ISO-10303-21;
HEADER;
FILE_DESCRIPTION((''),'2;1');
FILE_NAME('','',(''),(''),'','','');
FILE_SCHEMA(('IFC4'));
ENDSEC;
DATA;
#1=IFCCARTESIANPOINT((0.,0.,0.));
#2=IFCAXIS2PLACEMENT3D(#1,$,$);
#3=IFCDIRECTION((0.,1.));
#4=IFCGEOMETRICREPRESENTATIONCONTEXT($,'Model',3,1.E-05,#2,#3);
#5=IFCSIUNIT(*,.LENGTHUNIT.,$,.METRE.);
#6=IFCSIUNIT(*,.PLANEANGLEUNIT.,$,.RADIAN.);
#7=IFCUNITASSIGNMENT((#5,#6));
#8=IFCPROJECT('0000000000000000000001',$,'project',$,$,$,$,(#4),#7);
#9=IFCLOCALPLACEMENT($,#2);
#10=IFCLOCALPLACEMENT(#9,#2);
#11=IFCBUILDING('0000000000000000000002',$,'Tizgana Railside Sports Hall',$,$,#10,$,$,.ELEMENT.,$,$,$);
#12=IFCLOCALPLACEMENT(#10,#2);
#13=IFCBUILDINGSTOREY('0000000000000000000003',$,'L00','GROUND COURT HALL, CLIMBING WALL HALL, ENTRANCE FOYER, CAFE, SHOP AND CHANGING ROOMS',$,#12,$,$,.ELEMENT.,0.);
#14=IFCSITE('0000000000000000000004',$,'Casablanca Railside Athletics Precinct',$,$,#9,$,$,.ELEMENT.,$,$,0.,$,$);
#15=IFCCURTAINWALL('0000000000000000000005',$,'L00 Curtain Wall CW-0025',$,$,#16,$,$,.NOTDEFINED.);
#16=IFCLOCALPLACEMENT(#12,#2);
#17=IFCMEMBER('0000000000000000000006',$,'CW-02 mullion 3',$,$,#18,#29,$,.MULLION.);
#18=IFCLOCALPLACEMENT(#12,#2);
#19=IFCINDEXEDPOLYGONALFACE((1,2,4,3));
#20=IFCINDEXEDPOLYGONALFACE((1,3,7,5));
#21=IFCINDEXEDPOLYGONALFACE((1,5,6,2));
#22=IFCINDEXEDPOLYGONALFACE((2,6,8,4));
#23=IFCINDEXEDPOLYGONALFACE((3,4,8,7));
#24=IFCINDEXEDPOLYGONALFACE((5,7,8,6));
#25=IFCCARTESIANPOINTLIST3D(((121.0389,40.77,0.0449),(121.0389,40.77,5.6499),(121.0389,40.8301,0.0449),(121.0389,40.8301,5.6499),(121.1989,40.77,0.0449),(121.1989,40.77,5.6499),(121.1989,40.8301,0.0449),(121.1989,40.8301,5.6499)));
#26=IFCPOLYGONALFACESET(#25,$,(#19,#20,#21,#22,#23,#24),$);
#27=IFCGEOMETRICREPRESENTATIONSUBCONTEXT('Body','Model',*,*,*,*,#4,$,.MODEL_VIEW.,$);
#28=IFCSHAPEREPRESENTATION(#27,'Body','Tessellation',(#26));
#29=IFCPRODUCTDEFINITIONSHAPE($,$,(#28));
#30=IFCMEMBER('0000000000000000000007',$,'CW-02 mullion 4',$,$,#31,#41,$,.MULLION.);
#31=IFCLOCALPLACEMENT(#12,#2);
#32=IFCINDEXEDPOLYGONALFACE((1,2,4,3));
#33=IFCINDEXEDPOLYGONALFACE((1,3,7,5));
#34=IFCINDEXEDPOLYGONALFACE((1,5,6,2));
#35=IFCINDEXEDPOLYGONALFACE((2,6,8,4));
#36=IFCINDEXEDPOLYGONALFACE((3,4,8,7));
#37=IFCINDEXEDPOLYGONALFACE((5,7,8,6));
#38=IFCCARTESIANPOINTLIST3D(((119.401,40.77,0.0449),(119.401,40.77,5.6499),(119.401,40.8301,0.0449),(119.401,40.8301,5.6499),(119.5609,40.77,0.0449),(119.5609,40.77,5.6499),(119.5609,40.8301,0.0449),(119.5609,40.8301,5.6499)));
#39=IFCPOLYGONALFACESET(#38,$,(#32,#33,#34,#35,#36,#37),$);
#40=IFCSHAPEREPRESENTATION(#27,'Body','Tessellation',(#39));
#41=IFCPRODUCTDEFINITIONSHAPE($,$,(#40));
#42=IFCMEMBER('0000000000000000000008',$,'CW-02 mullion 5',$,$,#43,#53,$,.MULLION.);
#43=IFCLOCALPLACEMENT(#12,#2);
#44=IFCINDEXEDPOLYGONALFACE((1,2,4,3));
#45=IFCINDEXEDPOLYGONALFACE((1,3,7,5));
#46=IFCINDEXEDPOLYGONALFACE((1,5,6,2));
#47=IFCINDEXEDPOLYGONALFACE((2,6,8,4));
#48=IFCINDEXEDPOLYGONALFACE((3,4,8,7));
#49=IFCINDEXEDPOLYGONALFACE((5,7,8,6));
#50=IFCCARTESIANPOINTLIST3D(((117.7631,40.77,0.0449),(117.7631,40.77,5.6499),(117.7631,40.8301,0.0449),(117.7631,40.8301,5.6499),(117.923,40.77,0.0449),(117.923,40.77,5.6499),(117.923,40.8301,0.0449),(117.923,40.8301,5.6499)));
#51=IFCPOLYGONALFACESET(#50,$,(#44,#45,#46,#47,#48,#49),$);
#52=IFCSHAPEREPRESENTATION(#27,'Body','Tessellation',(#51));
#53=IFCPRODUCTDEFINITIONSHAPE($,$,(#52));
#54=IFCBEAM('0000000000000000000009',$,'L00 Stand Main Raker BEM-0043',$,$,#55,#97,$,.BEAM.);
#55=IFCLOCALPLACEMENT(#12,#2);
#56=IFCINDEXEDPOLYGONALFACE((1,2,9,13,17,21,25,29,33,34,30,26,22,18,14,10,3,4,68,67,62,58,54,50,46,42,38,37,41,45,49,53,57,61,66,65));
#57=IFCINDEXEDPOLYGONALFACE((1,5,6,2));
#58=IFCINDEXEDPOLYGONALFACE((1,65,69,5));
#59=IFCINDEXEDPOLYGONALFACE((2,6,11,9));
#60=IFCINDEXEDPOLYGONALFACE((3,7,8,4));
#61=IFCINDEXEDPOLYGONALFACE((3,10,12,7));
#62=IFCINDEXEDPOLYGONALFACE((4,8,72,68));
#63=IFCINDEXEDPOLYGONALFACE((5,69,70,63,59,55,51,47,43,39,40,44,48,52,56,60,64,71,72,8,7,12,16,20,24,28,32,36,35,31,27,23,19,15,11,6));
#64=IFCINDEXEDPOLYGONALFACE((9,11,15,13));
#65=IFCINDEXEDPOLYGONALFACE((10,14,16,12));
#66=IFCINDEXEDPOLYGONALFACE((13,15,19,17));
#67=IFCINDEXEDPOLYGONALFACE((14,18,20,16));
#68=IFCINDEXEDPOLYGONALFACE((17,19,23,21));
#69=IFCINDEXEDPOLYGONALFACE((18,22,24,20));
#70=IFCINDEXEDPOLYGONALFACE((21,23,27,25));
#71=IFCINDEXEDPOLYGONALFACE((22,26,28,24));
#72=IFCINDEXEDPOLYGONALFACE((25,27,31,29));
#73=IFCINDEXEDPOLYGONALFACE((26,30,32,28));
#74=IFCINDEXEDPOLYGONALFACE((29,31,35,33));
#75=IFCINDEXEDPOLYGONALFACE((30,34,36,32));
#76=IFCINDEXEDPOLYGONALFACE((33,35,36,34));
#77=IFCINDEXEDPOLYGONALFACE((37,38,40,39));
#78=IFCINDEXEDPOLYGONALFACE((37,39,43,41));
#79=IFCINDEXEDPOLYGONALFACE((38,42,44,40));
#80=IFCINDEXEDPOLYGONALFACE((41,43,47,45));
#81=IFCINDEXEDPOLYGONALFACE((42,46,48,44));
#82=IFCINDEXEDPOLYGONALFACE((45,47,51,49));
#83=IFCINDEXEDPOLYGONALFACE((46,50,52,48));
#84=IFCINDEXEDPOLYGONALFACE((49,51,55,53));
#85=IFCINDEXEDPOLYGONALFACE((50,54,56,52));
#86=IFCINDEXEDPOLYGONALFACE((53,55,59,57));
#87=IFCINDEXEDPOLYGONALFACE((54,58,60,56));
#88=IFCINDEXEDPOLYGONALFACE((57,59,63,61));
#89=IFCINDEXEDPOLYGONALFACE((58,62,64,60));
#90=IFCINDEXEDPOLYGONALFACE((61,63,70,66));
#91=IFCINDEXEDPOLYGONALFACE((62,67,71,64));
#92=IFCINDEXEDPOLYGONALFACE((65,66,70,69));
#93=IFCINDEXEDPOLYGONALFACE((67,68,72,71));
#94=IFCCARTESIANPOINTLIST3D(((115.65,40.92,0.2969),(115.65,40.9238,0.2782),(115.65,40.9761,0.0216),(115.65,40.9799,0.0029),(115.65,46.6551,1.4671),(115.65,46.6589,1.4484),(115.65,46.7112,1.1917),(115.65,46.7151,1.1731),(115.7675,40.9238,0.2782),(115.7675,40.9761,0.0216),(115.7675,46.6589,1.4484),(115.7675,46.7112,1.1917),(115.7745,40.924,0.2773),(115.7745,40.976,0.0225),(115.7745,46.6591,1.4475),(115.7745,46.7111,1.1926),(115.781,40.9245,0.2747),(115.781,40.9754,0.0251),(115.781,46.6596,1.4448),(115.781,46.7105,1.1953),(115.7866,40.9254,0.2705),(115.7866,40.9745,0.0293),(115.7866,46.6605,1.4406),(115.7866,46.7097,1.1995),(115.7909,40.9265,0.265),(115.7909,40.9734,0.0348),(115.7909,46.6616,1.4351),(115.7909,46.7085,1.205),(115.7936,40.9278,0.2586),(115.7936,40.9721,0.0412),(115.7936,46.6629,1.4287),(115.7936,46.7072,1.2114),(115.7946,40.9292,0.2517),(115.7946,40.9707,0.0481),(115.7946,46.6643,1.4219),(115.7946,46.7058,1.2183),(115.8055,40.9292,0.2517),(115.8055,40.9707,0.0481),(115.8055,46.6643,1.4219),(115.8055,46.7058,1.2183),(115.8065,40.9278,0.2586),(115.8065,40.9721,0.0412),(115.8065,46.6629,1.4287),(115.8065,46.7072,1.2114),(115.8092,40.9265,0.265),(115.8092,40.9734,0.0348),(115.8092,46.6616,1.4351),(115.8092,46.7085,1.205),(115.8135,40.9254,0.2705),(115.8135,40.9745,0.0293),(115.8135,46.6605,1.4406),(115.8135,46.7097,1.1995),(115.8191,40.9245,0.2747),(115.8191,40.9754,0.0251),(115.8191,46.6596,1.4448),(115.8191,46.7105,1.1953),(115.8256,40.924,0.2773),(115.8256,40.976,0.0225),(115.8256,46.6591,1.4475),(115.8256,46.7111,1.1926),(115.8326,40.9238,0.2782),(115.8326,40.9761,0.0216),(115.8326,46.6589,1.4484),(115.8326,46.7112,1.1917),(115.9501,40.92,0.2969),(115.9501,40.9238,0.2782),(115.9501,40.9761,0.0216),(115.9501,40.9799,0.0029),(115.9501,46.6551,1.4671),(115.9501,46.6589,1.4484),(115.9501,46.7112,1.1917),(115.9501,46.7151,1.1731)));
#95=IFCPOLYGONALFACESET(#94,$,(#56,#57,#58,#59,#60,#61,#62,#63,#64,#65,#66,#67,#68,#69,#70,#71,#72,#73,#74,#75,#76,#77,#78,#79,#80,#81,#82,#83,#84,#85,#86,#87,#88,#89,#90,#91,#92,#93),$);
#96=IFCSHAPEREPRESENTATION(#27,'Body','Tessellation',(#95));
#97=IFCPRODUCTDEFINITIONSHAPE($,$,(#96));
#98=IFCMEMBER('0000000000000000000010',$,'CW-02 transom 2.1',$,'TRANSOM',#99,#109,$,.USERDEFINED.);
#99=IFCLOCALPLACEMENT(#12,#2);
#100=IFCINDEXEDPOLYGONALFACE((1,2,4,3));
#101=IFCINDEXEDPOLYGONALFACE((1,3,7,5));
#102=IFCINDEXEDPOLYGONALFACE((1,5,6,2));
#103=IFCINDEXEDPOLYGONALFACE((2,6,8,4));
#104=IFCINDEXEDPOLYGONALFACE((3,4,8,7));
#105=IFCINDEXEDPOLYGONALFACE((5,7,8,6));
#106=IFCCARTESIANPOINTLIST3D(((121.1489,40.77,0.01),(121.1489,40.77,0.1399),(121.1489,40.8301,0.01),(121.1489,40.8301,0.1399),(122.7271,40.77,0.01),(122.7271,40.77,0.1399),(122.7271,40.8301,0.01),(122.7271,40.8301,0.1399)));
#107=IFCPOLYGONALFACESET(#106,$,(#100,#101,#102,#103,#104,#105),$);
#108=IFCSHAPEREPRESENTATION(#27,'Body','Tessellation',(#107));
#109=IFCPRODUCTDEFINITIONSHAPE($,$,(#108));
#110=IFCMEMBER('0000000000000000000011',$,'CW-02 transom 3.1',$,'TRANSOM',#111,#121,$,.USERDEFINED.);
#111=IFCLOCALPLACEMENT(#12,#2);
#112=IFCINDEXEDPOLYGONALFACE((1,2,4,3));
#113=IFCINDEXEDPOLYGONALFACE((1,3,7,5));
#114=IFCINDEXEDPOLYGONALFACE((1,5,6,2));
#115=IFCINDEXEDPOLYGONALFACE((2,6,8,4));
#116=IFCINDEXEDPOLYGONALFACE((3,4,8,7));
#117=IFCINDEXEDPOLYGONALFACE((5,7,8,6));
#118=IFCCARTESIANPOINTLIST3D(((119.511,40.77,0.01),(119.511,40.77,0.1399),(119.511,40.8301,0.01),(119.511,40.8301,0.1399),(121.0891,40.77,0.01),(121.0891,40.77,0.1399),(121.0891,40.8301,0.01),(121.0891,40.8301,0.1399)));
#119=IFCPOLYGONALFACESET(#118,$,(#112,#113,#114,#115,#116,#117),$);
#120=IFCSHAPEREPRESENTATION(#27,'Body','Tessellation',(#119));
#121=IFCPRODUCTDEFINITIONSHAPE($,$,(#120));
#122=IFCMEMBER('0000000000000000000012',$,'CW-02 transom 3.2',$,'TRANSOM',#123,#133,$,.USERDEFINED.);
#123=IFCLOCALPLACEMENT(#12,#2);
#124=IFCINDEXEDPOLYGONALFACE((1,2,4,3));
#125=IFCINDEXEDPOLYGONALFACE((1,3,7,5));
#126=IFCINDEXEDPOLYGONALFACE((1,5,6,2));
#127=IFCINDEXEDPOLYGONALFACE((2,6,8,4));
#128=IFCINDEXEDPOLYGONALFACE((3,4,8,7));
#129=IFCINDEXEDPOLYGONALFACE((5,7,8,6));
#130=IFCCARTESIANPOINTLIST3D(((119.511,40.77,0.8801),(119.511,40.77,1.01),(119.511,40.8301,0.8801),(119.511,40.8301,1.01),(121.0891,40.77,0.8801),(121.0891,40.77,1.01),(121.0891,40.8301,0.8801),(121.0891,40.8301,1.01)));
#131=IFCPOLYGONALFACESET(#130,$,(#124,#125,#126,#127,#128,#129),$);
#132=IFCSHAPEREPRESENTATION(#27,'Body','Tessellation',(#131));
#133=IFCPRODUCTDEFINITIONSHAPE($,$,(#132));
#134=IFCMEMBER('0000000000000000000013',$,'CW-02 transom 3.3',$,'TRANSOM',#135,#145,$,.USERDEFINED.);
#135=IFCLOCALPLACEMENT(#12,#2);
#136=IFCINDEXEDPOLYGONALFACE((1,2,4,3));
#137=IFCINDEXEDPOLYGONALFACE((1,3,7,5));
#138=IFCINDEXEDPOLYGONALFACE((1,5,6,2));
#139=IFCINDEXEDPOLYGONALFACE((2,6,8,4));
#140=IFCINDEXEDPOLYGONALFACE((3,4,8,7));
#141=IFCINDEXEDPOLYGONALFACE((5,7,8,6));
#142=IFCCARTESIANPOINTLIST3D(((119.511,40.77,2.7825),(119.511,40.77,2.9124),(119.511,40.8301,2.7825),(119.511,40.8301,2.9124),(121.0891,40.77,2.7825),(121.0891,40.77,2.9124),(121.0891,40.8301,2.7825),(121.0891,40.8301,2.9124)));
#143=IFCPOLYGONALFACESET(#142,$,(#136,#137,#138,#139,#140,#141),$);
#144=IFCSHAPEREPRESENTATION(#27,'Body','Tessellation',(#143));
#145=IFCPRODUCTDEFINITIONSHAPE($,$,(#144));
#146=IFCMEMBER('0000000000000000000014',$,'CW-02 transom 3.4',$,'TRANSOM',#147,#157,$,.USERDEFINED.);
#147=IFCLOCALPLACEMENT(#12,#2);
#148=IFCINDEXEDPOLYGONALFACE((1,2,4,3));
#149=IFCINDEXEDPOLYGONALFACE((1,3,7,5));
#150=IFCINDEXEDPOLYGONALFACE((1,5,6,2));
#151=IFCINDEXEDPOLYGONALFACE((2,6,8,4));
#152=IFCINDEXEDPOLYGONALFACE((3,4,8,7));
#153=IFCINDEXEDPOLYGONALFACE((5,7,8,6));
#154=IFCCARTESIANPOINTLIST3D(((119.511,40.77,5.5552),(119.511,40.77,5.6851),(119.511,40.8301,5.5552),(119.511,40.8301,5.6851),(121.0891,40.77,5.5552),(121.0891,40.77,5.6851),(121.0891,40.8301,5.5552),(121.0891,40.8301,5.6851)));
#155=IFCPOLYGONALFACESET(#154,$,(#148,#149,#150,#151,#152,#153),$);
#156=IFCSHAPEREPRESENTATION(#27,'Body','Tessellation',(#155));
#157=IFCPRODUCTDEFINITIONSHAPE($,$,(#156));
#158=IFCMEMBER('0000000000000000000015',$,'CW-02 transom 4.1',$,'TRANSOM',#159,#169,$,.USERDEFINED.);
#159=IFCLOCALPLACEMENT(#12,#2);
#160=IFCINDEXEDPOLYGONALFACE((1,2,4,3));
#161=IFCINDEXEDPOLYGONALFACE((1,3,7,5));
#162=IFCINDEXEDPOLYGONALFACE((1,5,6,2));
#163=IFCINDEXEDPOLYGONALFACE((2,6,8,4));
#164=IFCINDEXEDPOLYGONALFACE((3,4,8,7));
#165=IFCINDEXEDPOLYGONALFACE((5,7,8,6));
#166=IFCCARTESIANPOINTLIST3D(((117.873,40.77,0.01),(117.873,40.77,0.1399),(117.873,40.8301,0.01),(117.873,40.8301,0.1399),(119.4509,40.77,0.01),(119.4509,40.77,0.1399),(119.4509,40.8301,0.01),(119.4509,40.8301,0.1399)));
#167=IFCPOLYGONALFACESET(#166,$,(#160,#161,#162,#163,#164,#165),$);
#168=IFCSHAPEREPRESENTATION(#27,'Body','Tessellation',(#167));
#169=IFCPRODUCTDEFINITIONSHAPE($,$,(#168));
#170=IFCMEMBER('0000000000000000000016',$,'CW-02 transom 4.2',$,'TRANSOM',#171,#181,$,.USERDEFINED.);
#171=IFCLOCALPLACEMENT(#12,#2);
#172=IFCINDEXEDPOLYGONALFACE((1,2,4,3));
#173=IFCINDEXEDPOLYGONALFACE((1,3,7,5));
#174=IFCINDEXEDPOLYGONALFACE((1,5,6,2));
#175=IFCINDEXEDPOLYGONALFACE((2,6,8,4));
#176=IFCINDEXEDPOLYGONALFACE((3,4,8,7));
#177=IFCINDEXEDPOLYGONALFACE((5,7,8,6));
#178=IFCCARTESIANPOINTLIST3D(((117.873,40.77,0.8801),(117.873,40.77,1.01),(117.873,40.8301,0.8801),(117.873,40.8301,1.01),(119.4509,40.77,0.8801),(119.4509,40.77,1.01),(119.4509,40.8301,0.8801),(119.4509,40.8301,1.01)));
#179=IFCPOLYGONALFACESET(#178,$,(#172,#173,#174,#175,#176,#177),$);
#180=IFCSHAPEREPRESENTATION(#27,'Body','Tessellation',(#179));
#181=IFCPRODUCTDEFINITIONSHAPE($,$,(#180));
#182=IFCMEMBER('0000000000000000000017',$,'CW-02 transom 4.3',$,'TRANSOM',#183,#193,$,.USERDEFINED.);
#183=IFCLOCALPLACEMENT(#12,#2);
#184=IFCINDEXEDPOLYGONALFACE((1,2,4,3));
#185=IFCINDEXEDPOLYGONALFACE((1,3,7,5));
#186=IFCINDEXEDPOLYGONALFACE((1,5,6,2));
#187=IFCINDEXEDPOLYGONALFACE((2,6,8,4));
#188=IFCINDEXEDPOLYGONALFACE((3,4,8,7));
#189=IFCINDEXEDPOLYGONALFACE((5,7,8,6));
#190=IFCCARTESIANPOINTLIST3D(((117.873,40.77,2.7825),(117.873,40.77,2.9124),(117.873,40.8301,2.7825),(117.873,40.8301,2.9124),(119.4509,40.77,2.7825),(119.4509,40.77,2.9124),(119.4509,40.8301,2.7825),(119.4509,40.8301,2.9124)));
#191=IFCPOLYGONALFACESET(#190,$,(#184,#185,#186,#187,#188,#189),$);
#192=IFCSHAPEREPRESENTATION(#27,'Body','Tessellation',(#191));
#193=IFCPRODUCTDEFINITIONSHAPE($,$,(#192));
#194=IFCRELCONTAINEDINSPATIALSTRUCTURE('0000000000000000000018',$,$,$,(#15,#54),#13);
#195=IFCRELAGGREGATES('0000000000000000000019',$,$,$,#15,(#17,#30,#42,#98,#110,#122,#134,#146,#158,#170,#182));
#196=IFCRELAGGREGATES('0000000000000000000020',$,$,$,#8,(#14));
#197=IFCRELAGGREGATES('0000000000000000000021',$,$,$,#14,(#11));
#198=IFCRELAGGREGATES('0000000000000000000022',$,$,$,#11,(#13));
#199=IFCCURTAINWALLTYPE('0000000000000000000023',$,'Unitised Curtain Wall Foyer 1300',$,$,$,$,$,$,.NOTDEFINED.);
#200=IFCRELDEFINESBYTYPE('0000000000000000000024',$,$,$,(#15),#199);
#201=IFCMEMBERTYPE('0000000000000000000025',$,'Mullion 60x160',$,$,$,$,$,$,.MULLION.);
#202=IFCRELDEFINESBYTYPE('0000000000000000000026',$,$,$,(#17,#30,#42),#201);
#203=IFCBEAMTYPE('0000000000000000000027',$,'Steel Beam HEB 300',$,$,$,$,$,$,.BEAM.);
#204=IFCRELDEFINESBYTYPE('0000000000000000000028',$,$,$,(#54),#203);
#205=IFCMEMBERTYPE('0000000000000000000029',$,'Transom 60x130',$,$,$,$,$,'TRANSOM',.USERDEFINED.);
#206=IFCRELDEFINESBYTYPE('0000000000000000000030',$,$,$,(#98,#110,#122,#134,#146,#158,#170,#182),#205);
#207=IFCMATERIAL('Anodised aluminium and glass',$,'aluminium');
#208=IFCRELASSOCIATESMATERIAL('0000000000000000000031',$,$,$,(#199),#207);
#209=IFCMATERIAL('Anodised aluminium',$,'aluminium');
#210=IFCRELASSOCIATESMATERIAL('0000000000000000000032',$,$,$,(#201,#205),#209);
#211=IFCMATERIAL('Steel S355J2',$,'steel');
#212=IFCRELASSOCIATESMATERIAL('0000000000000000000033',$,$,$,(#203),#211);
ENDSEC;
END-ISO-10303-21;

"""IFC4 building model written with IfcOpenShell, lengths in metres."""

from ifc_helpers import new_model, si_unit, direction, frame, origin, origin_2d, place, context, subcontext, project, spatial, rectangle, i_section, extrude, material, material_profile, profile_set, type_object, element, aggregate, save


model = new_model("IFC4")

# Units and contexts
model_context = context("Model", 3, precision=1e-05, world=origin(), true_north=direction((0.0, 1.0)))
body_context = subcontext(model_context, "Body", "Model", "MODEL_VIEW")
ifc_project = project(units=[si_unit("LENGTHUNIT", "METRE"), si_unit("PLANEANGLEUNIT", "RADIAN")], contexts=[model_context])

# Site, building, storey
site_placement = place(None, origin())
site = spatial("IfcSite", under=ifc_project, at=site_placement, Name="Casablanca Railside Athletics Precinct", CompositionType="ELEMENT", RefElevation=0.0)
building_placement = place(site_placement, origin())
building = spatial("IfcBuilding", under=site, at=building_placement, Name="Tizgana Railside Sports Hall", CompositionType="ELEMENT")
storey_placement = place(building_placement, origin())
storey = spatial("IfcBuildingStorey", under=building, at=storey_placement, Name="L00", Description="GROUND COURT HALL, CLIMBING WALL HALL, ENTRANCE FOYER, CAFE, SHOP AND CHANGING ROOMS", CompositionType="ELEMENT", Elevation=0.0)

# Curtain wall, members
ifc_material_1 = material(Name="Anodised aluminium and glass", Category="aluminium")
curtain_wall_type = type_object("IfcCurtainWallType", Name="Unitised Curtain Wall Foyer 1300", PredefinedType="NOTDEFINED", material=ifc_material_1)
curtain_wall_placement = place(storey_placement, origin())
curtain_wall = element("IfcCurtainWall", 1, at=curtain_wall_placement, inside=storey, type_object=curtain_wall_type, Name="L00 Curtain Wall CW-0025", PredefinedType="NOTDEFINED")
ifc_material_2 = material(Name="Anodised aluminium", Category="aluminium")
ifc_material_profile_1 = material_profile(ifc_material_2, rectangle(XDim=0.0601, YDim=0.1599, at=origin_2d()), Name="Mullion 60x160")
ifc_profile_set_1 = profile_set([ifc_material_profile_1], Name="Anodised aluminium")
member_type_1 = type_object("IfcMemberType", Name="Mullion 60x160", PredefinedType="MULLION", material=ifc_profile_set_1)
member_1_placement = place(storey_placement, frame((121.1189, 40.8, 0.0449), z_axis=(0.0, 0.0, 1.0), x_axis=(0.0, -1.0, 0.0)))
member_1 = element("IfcMember", 2, at=member_1_placement, type_object=member_type_1, Name="CW-02 mullion 3", PredefinedType="MULLION", context=body_context, shape_type="SweptSolid", body=[
    extrude(rectangle(XDim=0.0601, YDim=0.1599, at=origin_2d()), origin(), (0.0, 0.0, 1.0), 5.605),
])
member_2_placement = place(storey_placement, frame((119.481, 40.8, 0.0449), z_axis=(0.0, 0.0, 1.0), x_axis=(0.0, -1.0, 0.0)))
member_2 = element("IfcMember", 3, at=member_2_placement, type_object=member_type_1, Name="CW-02 mullion 4", PredefinedType="MULLION", context=body_context, shape_type="SweptSolid", body=[
    extrude(rectangle(XDim=0.0601, YDim=0.1599, at=origin_2d()), origin(), (0.0, 0.0, 1.0), 5.605),
])
member_3_placement = place(storey_placement, frame((117.843, 40.8, 0.0449), z_axis=(0.0, 0.0, 1.0), x_axis=(0.0, -1.0, 0.0)))
member_3 = element("IfcMember", 4, at=member_3_placement, type_object=member_type_1, Name="CW-02 mullion 5", PredefinedType="MULLION", context=body_context, shape_type="SweptSolid", body=[
    extrude(rectangle(XDim=0.0601, YDim=0.1599, at=origin_2d()), origin(), (0.0, 0.0, 1.0), 5.605),
])

# Beam
ifc_material_3 = material(Name="Steel S355J2", Category="steel")
ifc_material_profile_2 = material_profile(ifc_material_3, i_section(OverallWidth=0.3, OverallDepth=0.3, WebThickness=0.011, FlangeThickness=0.019, FilletRadius=0.0271, at=origin_2d()), Name="HEB 300")
ifc_profile_set_2 = profile_set([ifc_material_profile_2], Name="Steel S355J2")
beam_type = type_object("IfcBeamType", Name="Steel Beam HEB 300", PredefinedType="BEAM", material=ifc_profile_set_2)
beam_placement = place(storey_placement, frame((115.8, 40.95, 0.1499), z_axis=(0.0, 0.979813, 0.199917), x_axis=(-1.0, 0.0, 0.0)))
element("IfcBeam", 5, at=beam_placement, inside=storey, type_object=beam_type, Name="L00 Stand Main Raker BEM-0043", PredefinedType="BEAM", context=body_context, shape_type="SweptSolid", body=[
    extrude(i_section(OverallWidth=0.3, OverallDepth=0.3, WebThickness=0.011, FlangeThickness=0.019, FilletRadius=0.0271, at=origin_2d()), origin(), (0.0, 0.0, 1.0), 5.8533),
])

# Members
ifc_material_profile_3 = material_profile(ifc_material_2, rectangle(XDim=0.0601, YDim=0.1299, at=origin_2d()), Name="Transom 60x130")
ifc_profile_set_3 = profile_set([ifc_material_profile_3], Name="Anodised aluminium")
member_type_2 = type_object("IfcMemberType", Name="Transom 60x130", ElementType="TRANSOM", PredefinedType="USERDEFINED", material=ifc_profile_set_3)
member_4_placement = place(storey_placement, frame((122.7271, 40.8, 0.075), z_axis=(-1.0, 0.0, 0.0), x_axis=(0.0, -1.0, 0.0)))
member_4 = element("IfcMember", 6, at=member_4_placement, type_object=member_type_2, Name="CW-02 transom 2.1", ObjectType="TRANSOM", PredefinedType="USERDEFINED", context=body_context, shape_type="SweptSolid", body=[
    extrude(rectangle(XDim=0.0601, YDim=0.1299, at=origin_2d()), origin(), (0.0, 0.0, 1.0), 1.5781),
])
member_5_placement = place(storey_placement, frame((121.0891, 40.8, 0.075), z_axis=(-1.0, 0.0, 0.0), x_axis=(0.0, -1.0, 0.0)))
member_5 = element("IfcMember", 7, at=member_5_placement, type_object=member_type_2, Name="CW-02 transom 3.1", ObjectType="TRANSOM", PredefinedType="USERDEFINED", context=body_context, shape_type="SweptSolid", body=[
    extrude(rectangle(XDim=0.0601, YDim=0.1299, at=origin_2d()), origin(), (0.0, 0.0, 1.0), 1.5781),
])
member_6_placement = place(storey_placement, frame((121.0891, 40.8, 0.9451), z_axis=(-1.0, 0.0, 0.0), x_axis=(0.0, -1.0, 0.0)))
member_6 = element("IfcMember", 8, at=member_6_placement, type_object=member_type_2, Name="CW-02 transom 3.2", ObjectType="TRANSOM", PredefinedType="USERDEFINED", context=body_context, shape_type="SweptSolid", body=[
    extrude(rectangle(XDim=0.0601, YDim=0.1299, at=origin_2d()), origin(), (0.0, 0.0, 1.0), 1.5781),
])
member_7_placement = place(storey_placement, frame((121.0891, 40.8, 2.8474), z_axis=(-1.0, 0.0, 0.0), x_axis=(0.0, -1.0, 0.0)))
member_7 = element("IfcMember", 9, at=member_7_placement, type_object=member_type_2, Name="CW-02 transom 3.3", ObjectType="TRANSOM", PredefinedType="USERDEFINED", context=body_context, shape_type="SweptSolid", body=[
    extrude(rectangle(XDim=0.0601, YDim=0.1299, at=origin_2d()), origin(), (0.0, 0.0, 1.0), 1.5781),
])
member_8_placement = place(storey_placement, frame((121.0891, 40.8, 5.6201), z_axis=(-1.0, 0.0, 0.0), x_axis=(0.0, -1.0, 0.0)))
member_8 = element("IfcMember", 10, at=member_8_placement, type_object=member_type_2, Name="CW-02 transom 3.4", ObjectType="TRANSOM", PredefinedType="USERDEFINED", context=body_context, shape_type="SweptSolid", body=[
    extrude(rectangle(XDim=0.0601, YDim=0.1299, at=origin_2d()), origin(), (0.0, 0.0, 1.0), 1.5781),
])
member_9_placement = place(storey_placement, frame((119.4509, 40.8, 0.075), z_axis=(-1.0, 0.0, 0.0), x_axis=(0.0, -1.0, 0.0)))
member_9 = element("IfcMember", 11, at=member_9_placement, type_object=member_type_2, Name="CW-02 transom 4.1", ObjectType="TRANSOM", PredefinedType="USERDEFINED", context=body_context, shape_type="SweptSolid", body=[
    extrude(rectangle(XDim=0.0601, YDim=0.1299, at=origin_2d()), origin(), (0.0, 0.0, 1.0), 1.5779),
])
member_10_placement = place(storey_placement, frame((119.4509, 40.8, 0.9451), z_axis=(-1.0, 0.0, 0.0), x_axis=(0.0, -1.0, 0.0)))
member_10 = element("IfcMember", 12, at=member_10_placement, type_object=member_type_2, Name="CW-02 transom 4.2", ObjectType="TRANSOM", PredefinedType="USERDEFINED", context=body_context, shape_type="SweptSolid", body=[
    extrude(rectangle(XDim=0.0601, YDim=0.1299, at=origin_2d()), origin(), (0.0, 0.0, 1.0), 1.5779),
])
member_11_placement = place(storey_placement, frame((119.4509, 40.8, 2.8474), z_axis=(-1.0, 0.0, 0.0), x_axis=(0.0, -1.0, 0.0)))
member_11 = element("IfcMember", 13, at=member_11_placement, type_object=member_type_2, Name="CW-02 transom 4.3", ObjectType="TRANSOM", PredefinedType="USERDEFINED", context=body_context, shape_type="SweptSolid", body=[
    extrude(rectangle(XDim=0.0601, YDim=0.1299, at=origin_2d()), origin(), (0.0, 0.0, 1.0), 1.5779),
])

aggregate(curtain_wall, [member_1, member_2, member_3, member_4, member_5, member_6, member_7, member_8, member_9, member_10, member_11])

save(model, "model.ifc")
